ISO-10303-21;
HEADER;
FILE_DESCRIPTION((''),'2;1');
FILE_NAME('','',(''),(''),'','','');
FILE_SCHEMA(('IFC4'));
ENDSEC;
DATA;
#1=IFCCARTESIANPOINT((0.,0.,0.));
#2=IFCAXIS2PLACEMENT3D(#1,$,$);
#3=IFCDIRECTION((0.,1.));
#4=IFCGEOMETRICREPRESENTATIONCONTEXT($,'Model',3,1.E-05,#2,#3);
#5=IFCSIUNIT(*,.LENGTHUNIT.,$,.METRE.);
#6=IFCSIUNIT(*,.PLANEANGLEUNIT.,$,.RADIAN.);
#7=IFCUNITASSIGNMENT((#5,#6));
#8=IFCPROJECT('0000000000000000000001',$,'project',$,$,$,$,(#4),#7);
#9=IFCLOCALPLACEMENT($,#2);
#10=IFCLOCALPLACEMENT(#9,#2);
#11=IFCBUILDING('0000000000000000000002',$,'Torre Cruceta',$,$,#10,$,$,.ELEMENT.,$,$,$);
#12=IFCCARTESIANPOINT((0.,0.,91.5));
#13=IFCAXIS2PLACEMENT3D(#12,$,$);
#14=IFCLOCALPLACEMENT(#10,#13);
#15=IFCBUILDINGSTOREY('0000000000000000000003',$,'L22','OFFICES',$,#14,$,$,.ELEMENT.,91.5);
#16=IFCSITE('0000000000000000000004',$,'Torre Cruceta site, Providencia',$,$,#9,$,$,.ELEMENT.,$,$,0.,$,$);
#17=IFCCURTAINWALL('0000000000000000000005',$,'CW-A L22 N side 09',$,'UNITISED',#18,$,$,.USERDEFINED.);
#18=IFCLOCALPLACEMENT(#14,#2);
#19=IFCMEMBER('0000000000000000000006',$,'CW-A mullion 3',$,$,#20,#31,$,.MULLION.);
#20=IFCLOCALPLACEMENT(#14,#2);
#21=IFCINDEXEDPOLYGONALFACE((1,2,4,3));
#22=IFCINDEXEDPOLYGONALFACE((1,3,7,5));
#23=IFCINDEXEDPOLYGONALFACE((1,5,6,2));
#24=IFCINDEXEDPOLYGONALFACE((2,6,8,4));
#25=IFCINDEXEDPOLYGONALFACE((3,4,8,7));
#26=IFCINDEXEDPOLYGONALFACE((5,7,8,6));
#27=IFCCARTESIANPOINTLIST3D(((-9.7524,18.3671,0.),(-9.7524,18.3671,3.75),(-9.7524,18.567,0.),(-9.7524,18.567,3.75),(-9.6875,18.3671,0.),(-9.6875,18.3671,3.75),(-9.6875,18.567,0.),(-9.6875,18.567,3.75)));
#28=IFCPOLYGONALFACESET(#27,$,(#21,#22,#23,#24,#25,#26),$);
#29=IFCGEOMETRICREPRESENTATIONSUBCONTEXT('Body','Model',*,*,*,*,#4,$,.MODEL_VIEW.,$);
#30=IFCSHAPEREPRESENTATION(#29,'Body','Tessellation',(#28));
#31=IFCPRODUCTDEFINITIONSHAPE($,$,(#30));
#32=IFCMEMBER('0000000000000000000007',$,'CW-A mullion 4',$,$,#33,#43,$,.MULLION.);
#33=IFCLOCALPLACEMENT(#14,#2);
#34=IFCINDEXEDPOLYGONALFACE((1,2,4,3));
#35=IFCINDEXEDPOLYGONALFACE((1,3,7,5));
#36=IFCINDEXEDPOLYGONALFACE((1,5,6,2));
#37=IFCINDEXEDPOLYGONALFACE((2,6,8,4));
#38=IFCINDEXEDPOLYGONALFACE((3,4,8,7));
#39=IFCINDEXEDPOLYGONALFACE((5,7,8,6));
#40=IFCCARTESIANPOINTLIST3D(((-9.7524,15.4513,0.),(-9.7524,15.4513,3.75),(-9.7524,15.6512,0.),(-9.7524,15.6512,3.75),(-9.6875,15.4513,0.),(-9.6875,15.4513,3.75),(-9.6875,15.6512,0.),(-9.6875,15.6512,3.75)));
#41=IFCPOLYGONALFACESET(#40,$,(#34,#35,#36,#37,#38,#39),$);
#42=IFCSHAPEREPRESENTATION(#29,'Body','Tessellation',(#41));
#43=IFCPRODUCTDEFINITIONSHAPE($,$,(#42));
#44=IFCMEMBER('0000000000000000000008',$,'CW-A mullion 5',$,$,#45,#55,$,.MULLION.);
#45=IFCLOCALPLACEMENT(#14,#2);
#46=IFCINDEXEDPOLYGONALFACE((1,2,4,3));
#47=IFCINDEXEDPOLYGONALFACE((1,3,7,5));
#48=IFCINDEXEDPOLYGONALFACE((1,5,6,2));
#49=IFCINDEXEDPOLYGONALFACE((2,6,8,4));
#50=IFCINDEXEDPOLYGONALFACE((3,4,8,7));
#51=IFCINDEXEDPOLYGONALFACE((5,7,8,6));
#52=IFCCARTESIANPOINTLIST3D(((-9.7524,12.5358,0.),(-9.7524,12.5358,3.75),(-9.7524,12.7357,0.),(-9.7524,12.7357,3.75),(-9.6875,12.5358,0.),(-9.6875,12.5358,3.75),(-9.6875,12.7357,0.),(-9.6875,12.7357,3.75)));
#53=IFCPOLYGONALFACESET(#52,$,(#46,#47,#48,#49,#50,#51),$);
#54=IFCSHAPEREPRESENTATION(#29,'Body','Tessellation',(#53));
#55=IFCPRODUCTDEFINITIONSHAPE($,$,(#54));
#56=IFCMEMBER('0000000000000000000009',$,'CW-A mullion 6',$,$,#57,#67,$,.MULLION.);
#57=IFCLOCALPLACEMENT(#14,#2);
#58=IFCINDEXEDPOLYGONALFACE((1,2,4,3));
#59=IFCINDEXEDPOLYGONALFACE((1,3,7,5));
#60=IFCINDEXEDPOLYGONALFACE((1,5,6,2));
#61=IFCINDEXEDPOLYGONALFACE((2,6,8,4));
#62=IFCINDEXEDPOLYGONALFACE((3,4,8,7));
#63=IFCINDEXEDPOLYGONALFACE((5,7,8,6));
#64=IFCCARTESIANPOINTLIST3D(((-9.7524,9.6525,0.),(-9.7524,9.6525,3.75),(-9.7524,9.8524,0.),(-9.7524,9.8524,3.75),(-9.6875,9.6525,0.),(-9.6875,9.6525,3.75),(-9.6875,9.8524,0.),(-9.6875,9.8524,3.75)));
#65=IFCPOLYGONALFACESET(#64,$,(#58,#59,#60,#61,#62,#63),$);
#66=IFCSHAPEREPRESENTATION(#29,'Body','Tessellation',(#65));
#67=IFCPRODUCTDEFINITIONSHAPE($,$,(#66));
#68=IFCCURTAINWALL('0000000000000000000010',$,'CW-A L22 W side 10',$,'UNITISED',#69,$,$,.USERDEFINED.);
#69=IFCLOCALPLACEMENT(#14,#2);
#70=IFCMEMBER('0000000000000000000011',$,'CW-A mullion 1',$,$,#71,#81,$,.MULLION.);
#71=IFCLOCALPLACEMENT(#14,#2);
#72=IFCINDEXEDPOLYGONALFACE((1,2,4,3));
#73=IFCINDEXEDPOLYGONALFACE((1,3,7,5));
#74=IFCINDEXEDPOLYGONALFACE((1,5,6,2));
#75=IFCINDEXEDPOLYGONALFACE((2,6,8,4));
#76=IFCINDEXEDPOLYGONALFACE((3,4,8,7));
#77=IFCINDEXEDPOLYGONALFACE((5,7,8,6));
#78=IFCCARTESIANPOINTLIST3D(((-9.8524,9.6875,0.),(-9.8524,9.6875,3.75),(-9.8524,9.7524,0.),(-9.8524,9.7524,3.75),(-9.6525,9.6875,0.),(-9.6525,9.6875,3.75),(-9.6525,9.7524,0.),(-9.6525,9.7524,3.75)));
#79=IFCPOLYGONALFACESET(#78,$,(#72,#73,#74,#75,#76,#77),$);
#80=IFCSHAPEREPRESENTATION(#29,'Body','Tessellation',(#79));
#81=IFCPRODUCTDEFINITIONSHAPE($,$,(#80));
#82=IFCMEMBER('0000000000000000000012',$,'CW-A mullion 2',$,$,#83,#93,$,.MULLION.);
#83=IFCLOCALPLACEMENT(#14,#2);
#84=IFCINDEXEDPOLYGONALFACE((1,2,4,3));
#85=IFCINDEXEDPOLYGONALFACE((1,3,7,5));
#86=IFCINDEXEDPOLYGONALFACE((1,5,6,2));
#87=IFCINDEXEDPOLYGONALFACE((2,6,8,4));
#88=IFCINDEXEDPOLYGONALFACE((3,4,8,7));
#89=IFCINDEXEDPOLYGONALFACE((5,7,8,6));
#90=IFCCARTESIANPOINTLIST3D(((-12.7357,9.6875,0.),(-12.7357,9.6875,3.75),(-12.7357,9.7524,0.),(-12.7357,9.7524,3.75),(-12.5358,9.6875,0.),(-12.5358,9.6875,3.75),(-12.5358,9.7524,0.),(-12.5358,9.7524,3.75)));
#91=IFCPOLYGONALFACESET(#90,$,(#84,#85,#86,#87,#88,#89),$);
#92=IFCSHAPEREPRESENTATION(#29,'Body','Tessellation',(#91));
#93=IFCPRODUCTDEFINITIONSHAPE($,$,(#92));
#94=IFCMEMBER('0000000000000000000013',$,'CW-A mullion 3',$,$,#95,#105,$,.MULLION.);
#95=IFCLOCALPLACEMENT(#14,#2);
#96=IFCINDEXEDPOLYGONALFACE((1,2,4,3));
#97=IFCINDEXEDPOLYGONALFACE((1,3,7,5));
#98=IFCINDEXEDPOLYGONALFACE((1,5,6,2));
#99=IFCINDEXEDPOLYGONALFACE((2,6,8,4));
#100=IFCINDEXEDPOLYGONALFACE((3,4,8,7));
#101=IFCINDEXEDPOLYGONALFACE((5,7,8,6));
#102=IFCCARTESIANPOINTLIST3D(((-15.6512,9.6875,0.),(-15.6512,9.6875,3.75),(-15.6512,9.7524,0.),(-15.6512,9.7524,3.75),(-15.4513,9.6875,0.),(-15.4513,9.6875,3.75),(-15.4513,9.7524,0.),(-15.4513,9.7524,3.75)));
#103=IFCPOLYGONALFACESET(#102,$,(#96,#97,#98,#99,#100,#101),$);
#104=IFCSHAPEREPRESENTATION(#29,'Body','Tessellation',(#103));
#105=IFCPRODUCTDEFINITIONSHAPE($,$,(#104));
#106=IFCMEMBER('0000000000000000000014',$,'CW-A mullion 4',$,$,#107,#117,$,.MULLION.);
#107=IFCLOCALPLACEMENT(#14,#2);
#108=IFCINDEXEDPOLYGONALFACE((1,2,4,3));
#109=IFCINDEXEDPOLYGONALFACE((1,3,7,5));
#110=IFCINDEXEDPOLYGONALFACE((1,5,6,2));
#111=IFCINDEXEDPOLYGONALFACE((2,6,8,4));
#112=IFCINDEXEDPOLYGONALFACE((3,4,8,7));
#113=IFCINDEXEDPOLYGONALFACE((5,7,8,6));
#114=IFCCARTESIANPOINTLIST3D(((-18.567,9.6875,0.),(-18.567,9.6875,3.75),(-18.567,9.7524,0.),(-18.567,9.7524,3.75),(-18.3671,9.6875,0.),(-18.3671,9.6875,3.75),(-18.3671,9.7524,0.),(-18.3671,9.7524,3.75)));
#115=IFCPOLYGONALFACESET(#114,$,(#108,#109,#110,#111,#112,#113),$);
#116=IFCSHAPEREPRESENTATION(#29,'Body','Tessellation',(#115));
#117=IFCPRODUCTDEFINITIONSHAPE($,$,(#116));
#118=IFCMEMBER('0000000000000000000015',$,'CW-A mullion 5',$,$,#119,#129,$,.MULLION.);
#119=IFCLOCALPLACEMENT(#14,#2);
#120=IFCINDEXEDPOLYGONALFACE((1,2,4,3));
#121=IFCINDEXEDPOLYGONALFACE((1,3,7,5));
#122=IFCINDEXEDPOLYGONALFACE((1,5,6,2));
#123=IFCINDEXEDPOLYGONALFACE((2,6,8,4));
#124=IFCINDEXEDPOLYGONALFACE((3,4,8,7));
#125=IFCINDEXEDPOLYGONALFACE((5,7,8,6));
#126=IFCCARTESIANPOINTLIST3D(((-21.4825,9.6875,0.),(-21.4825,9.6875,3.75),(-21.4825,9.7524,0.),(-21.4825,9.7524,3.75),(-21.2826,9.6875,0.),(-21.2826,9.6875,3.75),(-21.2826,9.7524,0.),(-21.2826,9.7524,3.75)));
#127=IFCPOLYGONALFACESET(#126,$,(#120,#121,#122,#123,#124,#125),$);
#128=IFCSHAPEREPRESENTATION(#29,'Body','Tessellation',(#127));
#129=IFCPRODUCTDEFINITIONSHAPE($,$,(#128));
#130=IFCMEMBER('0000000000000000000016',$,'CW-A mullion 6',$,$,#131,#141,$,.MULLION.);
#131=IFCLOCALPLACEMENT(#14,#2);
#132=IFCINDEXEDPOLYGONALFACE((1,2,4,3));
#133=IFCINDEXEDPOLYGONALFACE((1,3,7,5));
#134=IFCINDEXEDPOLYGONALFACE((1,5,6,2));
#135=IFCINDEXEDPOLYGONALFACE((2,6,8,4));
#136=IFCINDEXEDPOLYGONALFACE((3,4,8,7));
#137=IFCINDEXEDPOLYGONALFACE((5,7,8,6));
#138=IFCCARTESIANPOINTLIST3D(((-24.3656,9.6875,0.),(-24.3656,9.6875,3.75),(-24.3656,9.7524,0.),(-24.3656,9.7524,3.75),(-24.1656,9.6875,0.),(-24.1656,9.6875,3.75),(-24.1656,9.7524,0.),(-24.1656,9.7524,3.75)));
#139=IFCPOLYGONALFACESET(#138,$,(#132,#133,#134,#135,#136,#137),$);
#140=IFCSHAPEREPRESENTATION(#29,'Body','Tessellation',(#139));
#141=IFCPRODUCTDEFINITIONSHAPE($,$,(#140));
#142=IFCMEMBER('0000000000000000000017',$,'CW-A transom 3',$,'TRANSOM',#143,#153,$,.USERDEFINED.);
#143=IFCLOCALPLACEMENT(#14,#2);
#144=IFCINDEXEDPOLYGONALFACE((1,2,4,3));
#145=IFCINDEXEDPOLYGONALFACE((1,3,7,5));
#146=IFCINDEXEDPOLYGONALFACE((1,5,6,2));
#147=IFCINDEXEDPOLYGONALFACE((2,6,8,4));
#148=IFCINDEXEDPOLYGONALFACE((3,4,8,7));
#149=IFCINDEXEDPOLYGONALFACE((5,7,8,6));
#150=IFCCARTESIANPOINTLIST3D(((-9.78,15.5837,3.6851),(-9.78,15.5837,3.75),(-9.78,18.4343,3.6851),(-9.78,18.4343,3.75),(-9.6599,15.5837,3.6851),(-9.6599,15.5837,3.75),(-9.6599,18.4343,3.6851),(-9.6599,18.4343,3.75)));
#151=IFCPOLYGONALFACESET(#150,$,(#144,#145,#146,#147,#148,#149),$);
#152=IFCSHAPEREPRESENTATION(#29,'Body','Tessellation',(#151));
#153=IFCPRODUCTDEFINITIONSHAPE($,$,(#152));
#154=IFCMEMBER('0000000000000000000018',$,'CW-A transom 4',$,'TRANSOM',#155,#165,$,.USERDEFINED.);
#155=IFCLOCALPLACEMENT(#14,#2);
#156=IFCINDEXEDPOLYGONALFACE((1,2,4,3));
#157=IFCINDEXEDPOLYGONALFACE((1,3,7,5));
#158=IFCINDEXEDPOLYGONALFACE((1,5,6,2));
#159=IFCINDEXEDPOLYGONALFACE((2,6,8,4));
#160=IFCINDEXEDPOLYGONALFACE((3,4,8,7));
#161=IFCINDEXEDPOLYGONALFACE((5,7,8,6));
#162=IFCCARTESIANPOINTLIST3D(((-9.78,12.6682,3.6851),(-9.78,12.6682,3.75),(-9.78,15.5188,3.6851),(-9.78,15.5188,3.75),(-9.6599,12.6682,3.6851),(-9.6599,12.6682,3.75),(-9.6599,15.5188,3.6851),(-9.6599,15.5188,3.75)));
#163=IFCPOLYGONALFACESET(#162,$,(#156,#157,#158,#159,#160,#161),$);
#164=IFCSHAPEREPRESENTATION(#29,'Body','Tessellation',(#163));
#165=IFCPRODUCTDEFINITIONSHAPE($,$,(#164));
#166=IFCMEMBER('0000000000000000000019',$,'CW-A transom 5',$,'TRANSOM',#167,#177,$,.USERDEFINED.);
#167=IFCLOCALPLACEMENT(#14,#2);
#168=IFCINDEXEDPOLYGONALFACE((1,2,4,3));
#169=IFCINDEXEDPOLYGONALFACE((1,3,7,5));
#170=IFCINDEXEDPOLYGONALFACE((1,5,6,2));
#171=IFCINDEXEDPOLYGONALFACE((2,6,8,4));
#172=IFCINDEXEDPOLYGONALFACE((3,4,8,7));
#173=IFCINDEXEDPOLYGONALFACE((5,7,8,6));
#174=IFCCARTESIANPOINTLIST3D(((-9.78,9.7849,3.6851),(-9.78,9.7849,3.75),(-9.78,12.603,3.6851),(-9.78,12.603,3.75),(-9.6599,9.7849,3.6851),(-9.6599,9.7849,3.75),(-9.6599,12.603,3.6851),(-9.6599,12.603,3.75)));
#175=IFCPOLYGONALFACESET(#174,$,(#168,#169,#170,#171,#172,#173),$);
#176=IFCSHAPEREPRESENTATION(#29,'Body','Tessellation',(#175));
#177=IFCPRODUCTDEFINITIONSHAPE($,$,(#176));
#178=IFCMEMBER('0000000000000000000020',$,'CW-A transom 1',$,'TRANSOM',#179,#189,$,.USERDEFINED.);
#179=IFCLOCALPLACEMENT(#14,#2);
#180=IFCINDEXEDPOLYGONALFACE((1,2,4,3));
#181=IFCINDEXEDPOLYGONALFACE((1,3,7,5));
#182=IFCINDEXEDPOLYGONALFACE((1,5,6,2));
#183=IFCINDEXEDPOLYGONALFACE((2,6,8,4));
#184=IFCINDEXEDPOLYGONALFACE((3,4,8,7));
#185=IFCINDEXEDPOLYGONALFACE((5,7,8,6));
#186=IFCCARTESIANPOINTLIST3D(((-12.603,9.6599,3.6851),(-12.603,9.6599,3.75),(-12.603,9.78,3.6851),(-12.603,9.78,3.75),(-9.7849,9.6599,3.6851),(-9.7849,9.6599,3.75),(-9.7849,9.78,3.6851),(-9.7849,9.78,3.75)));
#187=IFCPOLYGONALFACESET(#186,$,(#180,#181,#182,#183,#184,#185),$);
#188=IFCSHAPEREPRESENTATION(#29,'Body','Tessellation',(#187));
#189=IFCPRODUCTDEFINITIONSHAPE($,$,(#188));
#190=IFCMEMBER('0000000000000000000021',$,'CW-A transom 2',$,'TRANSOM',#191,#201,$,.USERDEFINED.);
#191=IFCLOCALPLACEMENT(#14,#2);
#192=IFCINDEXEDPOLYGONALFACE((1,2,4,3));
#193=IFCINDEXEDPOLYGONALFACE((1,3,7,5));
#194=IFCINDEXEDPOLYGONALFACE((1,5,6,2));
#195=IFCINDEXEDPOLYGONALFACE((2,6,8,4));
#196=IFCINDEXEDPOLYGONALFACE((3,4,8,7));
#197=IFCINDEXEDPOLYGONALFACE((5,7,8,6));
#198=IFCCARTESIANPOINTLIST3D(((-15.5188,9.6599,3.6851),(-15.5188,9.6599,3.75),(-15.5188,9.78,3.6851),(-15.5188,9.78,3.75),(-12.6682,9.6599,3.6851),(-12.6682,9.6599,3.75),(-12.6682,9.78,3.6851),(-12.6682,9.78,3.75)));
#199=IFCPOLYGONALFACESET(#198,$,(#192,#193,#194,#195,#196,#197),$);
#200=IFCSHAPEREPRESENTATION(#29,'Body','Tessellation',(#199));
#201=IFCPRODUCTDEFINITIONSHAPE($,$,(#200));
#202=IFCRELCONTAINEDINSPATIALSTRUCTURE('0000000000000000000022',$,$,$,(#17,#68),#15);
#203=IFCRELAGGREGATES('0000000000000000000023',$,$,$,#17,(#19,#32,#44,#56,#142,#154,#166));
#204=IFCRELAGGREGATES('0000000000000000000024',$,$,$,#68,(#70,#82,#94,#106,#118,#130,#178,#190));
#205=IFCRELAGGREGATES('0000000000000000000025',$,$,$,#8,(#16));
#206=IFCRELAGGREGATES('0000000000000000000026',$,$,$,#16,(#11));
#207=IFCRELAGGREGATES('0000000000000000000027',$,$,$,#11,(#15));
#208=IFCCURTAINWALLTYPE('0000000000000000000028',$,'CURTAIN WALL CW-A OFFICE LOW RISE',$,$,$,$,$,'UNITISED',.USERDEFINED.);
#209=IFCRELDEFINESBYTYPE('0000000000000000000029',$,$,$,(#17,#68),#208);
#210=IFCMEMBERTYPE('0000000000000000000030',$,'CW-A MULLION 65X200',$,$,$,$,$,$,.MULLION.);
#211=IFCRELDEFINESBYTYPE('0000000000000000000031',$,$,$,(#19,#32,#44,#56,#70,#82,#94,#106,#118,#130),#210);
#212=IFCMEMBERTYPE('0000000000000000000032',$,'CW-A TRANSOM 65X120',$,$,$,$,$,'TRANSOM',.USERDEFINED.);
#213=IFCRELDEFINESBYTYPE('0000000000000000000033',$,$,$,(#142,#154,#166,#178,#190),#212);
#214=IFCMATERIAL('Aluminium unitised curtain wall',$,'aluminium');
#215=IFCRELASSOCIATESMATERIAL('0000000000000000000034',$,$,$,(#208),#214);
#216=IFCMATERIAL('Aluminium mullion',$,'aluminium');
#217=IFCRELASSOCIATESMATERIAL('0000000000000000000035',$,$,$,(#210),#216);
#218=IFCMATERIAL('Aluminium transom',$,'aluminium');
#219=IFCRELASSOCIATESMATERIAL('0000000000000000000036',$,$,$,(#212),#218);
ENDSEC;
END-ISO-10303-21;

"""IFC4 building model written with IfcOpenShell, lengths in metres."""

from ifc_helpers import new_model, si_unit, direction, frame, origin, origin_2d, place, context, subcontext, project, spatial, rectangle, extrude, material, material_profile, profile_set, type_object, element, aggregate, save


model = new_model("IFC4")

# Units and contexts
model_context = context("Model", 3, precision=1e-05, world=origin(), true_north=direction((0.0, 1.0)))
body_context = subcontext(model_context, "Body", "Model", "MODEL_VIEW")
ifc_project = project(units=[si_unit("LENGTHUNIT", "METRE"), si_unit("PLANEANGLEUNIT", "RADIAN")], contexts=[model_context])

# Site, building, storey
site_placement = place(None, origin())
site = spatial("IfcSite", under=ifc_project, at=site_placement, Name="Torre Cruceta site, Providencia", CompositionType="ELEMENT", RefElevation=0.0)
building_placement = place(site_placement, origin())
building = spatial("IfcBuilding", under=site, at=building_placement, Name="Torre Cruceta", CompositionType="ELEMENT")
storey_placement = place(building_placement, frame((0.0, 0.0, 91.5)))
storey = spatial("IfcBuildingStorey", under=building, at=storey_placement, Name="L22", Description="OFFICES", CompositionType="ELEMENT", Elevation=91.5)

# Curtain walls, members
ifc_material_1 = material(Name="Aluminium unitised curtain wall", Category="aluminium")
curtain_wall_type = type_object("IfcCurtainWallType", Name="CURTAIN WALL CW-A OFFICE LOW RISE", ElementType="UNITISED", PredefinedType="USERDEFINED", material=ifc_material_1)
curtain_wall_1_placement = place(storey_placement, origin())
curtain_wall_1 = element("IfcCurtainWall", 1, at=curtain_wall_1_placement, inside=storey, type_object=curtain_wall_type, Name="CW-A L22 N side 09", ObjectType="UNITISED", PredefinedType="USERDEFINED")
ifc_material_2 = material(Name="Aluminium mullion", Category="aluminium")
ifc_material_profile_1 = material_profile(ifc_material_2, rectangle(XDim=0.0649, YDim=0.2, at=origin_2d()), Name="AL 65X200")
ifc_profile_set_1 = profile_set([ifc_material_profile_1], Name="Aluminium mullion")
member_type_1 = type_object("IfcMemberType", Name="CW-A MULLION 65X200", PredefinedType="MULLION", material=ifc_profile_set_1)
member_1_placement = place(storey_placement, frame((-9.72, 18.467, 0.0), z_axis=(0.0, 0.0, 1.0), x_axis=(1.0, 0.0, 0.0)))
member_1 = element("IfcMember", 2, at=member_1_placement, type_object=member_type_1, Name="CW-A mullion 3", PredefinedType="MULLION", context=body_context, shape_type="SweptSolid", body=[
    extrude(rectangle(XDim=0.0649, YDim=0.2, at=origin_2d()), origin(), (0.0, 0.0, 1.0), 3.75),
])
member_2_placement = place(storey_placement, frame((-9.72, 15.5513, 0.0), z_axis=(0.0, 0.0, 1.0), x_axis=(1.0, 0.0, 0.0)))
member_2 = element("IfcMember", 3, at=member_2_placement, type_object=member_type_1, Name="CW-A mullion 4", PredefinedType="MULLION", context=body_context, shape_type="SweptSolid", body=[
    extrude(rectangle(XDim=0.0649, YDim=0.2, at=origin_2d()), origin(), (0.0, 0.0, 1.0), 3.75),
])
member_3_placement = place(storey_placement, frame((-9.72, 12.6357, 0.0), z_axis=(0.0, 0.0, 1.0), x_axis=(1.0, 0.0, 0.0)))
member_3 = element("IfcMember", 4, at=member_3_placement, type_object=member_type_1, Name="CW-A mullion 5", PredefinedType="MULLION", context=body_context, shape_type="SweptSolid", body=[
    extrude(rectangle(XDim=0.0649, YDim=0.2, at=origin_2d()), origin(), (0.0, 0.0, 1.0), 3.75),
])
member_4_placement = place(storey_placement, frame((-9.72, 9.7524, 0.0), z_axis=(0.0, 0.0, 1.0), x_axis=(1.0, 0.0, 0.0)))
member_4 = element("IfcMember", 5, at=member_4_placement, type_object=member_type_1, Name="CW-A mullion 6", PredefinedType="MULLION", context=body_context, shape_type="SweptSolid", body=[
    extrude(rectangle(XDim=0.0649, YDim=0.2, at=origin_2d()), origin(), (0.0, 0.0, 1.0), 3.75),
])
curtain_wall_2_placement = place(storey_placement, origin())
curtain_wall_2 = element("IfcCurtainWall", 6, at=curtain_wall_2_placement, inside=storey, type_object=curtain_wall_type, Name="CW-A L22 W side 10", ObjectType="UNITISED", PredefinedType="USERDEFINED")
member_5_placement = place(storey_placement, frame((-9.7524, 9.72, 0.0), z_axis=(0.0, 0.0, 1.0), x_axis=(0.0, -1.0, 0.0)))
member_5 = element("IfcMember", 7, at=member_5_placement, type_object=member_type_1, Name="CW-A mullion 1", PredefinedType="MULLION", context=body_context, shape_type="SweptSolid", body=[
    extrude(rectangle(XDim=0.0649, YDim=0.2, at=origin_2d()), origin(), (0.0, 0.0, 1.0), 3.75),
])
member_6_placement = place(storey_placement, frame((-12.6357, 9.72, 0.0), z_axis=(0.0, 0.0, 1.0), x_axis=(0.0, -1.0, 0.0)))
member_6 = element("IfcMember", 8, at=member_6_placement, type_object=member_type_1, Name="CW-A mullion 2", PredefinedType="MULLION", context=body_context, shape_type="SweptSolid", body=[
    extrude(rectangle(XDim=0.0649, YDim=0.2, at=origin_2d()), origin(), (0.0, 0.0, 1.0), 3.75),
])
member_7_placement = place(storey_placement, frame((-15.5513, 9.72, 0.0), z_axis=(0.0, 0.0, 1.0), x_axis=(0.0, -1.0, 0.0)))
member_7 = element("IfcMember", 9, at=member_7_placement, type_object=member_type_1, Name="CW-A mullion 3", PredefinedType="MULLION", context=body_context, shape_type="SweptSolid", body=[
    extrude(rectangle(XDim=0.0649, YDim=0.2, at=origin_2d()), origin(), (0.0, 0.0, 1.0), 3.75),
])
member_8_placement = place(storey_placement, frame((-18.467, 9.72, 0.0), z_axis=(0.0, 0.0, 1.0), x_axis=(0.0, -1.0, 0.0)))
member_8 = element("IfcMember", 10, at=member_8_placement, type_object=member_type_1, Name="CW-A mullion 4", PredefinedType="MULLION", context=body_context, shape_type="SweptSolid", body=[
    extrude(rectangle(XDim=0.0649, YDim=0.2, at=origin_2d()), origin(), (0.0, 0.0, 1.0), 3.75),
])
member_9_placement = place(storey_placement, frame((-21.3826, 9.72, 0.0), z_axis=(0.0, 0.0, 1.0), x_axis=(0.0, -1.0, 0.0)))
member_9 = element("IfcMember", 11, at=member_9_placement, type_object=member_type_1, Name="CW-A mullion 5", PredefinedType="MULLION", context=body_context, shape_type="SweptSolid", body=[
    extrude(rectangle(XDim=0.0649, YDim=0.2, at=origin_2d()), origin(), (0.0, 0.0, 1.0), 3.75),
])
member_10_placement = place(storey_placement, frame((-24.2656, 9.72, 0.0), z_axis=(0.0, 0.0, 1.0), x_axis=(0.0, -1.0, 0.0)))
member_10 = element("IfcMember", 12, at=member_10_placement, type_object=member_type_1, Name="CW-A mullion 6", PredefinedType="MULLION", context=body_context, shape_type="SweptSolid", body=[
    extrude(rectangle(XDim=0.0649, YDim=0.2, at=origin_2d()), origin(), (0.0, 0.0, 1.0), 3.75),
])

# Members
ifc_material_3 = material(Name="Aluminium transom", Category="aluminium")
ifc_material_profile_2 = material_profile(ifc_material_3, rectangle(XDim=0.1201, YDim=0.0649, at=origin_2d()), Name="AL 120X65")
ifc_profile_set_2 = profile_set([ifc_material_profile_2], Name="Aluminium transom")
member_type_2 = type_object("IfcMemberType", Name="CW-A TRANSOM 65X120", ElementType="TRANSOM", PredefinedType="USERDEFINED", material=ifc_profile_set_2)
member_11_placement = place(storey_placement, frame((-9.72, 18.4343, 3.7175), z_axis=(0.0, -1.0, 0.0), x_axis=(1.0, 0.0, 0.0)))
member_11 = element("IfcMember", 13, at=member_11_placement, type_object=member_type_2, Name="CW-A transom 3", ObjectType="TRANSOM", PredefinedType="USERDEFINED", context=body_context, shape_type="SweptSolid", body=[
    extrude(rectangle(XDim=0.1201, YDim=0.0649, at=origin_2d()), origin(), (0.0, 0.0, 1.0), 2.8506),
])
member_12_placement = place(storey_placement, frame((-9.72, 15.5188, 3.7175), z_axis=(0.0, -1.0, 0.0), x_axis=(1.0, 0.0, 0.0)))
member_12 = element("IfcMember", 14, at=member_12_placement, type_object=member_type_2, Name="CW-A transom 4", ObjectType="TRANSOM", PredefinedType="USERDEFINED", context=body_context, shape_type="SweptSolid", body=[
    extrude(rectangle(XDim=0.1201, YDim=0.0649, at=origin_2d()), origin(), (0.0, 0.0, 1.0), 2.8506),
])
member_13_placement = place(storey_placement, frame((-9.72, 12.603, 3.7175), z_axis=(0.0, -1.0, 0.0), x_axis=(1.0, 0.0, 0.0)))
member_13 = element("IfcMember", 15, at=member_13_placement, type_object=member_type_2, Name="CW-A transom 5", ObjectType="TRANSOM", PredefinedType="USERDEFINED", context=body_context, shape_type="SweptSolid", body=[
    extrude(rectangle(XDim=0.1201, YDim=0.0649, at=origin_2d()), origin(), (0.0, 0.0, 1.0), 2.8181),
])
member_14_placement = place(storey_placement, frame((-9.7849, 9.72, 3.7175), z_axis=(-1.0, 0.0, 0.0), x_axis=(0.0, -1.0, 0.0)))
member_14 = element("IfcMember", 16, at=member_14_placement, type_object=member_type_2, Name="CW-A transom 1", ObjectType="TRANSOM", PredefinedType="USERDEFINED", context=body_context, shape_type="SweptSolid", body=[
    extrude(rectangle(XDim=0.1201, YDim=0.0649, at=origin_2d()), origin(), (0.0, 0.0, 1.0), 2.8181),
])
member_15_placement = place(storey_placement, frame((-12.6682, 9.72, 3.7175), z_axis=(-1.0, 0.0, 0.0), x_axis=(0.0, -1.0, 0.0)))
member_15 = element("IfcMember", 17, at=member_15_placement, type_object=member_type_2, Name="CW-A transom 2", ObjectType="TRANSOM", PredefinedType="USERDEFINED", context=body_context, shape_type="SweptSolid", body=[
    extrude(rectangle(XDim=0.1201, YDim=0.0649, at=origin_2d()), origin(), (0.0, 0.0, 1.0), 2.8506),
])

aggregate(curtain_wall_1, [member_1, member_2, member_3, member_4, member_11, member_12, member_13])
aggregate(curtain_wall_2, [member_5, member_6, member_7, member_8, member_9, member_10, member_14, member_15])

save(model, "model.ifc")
